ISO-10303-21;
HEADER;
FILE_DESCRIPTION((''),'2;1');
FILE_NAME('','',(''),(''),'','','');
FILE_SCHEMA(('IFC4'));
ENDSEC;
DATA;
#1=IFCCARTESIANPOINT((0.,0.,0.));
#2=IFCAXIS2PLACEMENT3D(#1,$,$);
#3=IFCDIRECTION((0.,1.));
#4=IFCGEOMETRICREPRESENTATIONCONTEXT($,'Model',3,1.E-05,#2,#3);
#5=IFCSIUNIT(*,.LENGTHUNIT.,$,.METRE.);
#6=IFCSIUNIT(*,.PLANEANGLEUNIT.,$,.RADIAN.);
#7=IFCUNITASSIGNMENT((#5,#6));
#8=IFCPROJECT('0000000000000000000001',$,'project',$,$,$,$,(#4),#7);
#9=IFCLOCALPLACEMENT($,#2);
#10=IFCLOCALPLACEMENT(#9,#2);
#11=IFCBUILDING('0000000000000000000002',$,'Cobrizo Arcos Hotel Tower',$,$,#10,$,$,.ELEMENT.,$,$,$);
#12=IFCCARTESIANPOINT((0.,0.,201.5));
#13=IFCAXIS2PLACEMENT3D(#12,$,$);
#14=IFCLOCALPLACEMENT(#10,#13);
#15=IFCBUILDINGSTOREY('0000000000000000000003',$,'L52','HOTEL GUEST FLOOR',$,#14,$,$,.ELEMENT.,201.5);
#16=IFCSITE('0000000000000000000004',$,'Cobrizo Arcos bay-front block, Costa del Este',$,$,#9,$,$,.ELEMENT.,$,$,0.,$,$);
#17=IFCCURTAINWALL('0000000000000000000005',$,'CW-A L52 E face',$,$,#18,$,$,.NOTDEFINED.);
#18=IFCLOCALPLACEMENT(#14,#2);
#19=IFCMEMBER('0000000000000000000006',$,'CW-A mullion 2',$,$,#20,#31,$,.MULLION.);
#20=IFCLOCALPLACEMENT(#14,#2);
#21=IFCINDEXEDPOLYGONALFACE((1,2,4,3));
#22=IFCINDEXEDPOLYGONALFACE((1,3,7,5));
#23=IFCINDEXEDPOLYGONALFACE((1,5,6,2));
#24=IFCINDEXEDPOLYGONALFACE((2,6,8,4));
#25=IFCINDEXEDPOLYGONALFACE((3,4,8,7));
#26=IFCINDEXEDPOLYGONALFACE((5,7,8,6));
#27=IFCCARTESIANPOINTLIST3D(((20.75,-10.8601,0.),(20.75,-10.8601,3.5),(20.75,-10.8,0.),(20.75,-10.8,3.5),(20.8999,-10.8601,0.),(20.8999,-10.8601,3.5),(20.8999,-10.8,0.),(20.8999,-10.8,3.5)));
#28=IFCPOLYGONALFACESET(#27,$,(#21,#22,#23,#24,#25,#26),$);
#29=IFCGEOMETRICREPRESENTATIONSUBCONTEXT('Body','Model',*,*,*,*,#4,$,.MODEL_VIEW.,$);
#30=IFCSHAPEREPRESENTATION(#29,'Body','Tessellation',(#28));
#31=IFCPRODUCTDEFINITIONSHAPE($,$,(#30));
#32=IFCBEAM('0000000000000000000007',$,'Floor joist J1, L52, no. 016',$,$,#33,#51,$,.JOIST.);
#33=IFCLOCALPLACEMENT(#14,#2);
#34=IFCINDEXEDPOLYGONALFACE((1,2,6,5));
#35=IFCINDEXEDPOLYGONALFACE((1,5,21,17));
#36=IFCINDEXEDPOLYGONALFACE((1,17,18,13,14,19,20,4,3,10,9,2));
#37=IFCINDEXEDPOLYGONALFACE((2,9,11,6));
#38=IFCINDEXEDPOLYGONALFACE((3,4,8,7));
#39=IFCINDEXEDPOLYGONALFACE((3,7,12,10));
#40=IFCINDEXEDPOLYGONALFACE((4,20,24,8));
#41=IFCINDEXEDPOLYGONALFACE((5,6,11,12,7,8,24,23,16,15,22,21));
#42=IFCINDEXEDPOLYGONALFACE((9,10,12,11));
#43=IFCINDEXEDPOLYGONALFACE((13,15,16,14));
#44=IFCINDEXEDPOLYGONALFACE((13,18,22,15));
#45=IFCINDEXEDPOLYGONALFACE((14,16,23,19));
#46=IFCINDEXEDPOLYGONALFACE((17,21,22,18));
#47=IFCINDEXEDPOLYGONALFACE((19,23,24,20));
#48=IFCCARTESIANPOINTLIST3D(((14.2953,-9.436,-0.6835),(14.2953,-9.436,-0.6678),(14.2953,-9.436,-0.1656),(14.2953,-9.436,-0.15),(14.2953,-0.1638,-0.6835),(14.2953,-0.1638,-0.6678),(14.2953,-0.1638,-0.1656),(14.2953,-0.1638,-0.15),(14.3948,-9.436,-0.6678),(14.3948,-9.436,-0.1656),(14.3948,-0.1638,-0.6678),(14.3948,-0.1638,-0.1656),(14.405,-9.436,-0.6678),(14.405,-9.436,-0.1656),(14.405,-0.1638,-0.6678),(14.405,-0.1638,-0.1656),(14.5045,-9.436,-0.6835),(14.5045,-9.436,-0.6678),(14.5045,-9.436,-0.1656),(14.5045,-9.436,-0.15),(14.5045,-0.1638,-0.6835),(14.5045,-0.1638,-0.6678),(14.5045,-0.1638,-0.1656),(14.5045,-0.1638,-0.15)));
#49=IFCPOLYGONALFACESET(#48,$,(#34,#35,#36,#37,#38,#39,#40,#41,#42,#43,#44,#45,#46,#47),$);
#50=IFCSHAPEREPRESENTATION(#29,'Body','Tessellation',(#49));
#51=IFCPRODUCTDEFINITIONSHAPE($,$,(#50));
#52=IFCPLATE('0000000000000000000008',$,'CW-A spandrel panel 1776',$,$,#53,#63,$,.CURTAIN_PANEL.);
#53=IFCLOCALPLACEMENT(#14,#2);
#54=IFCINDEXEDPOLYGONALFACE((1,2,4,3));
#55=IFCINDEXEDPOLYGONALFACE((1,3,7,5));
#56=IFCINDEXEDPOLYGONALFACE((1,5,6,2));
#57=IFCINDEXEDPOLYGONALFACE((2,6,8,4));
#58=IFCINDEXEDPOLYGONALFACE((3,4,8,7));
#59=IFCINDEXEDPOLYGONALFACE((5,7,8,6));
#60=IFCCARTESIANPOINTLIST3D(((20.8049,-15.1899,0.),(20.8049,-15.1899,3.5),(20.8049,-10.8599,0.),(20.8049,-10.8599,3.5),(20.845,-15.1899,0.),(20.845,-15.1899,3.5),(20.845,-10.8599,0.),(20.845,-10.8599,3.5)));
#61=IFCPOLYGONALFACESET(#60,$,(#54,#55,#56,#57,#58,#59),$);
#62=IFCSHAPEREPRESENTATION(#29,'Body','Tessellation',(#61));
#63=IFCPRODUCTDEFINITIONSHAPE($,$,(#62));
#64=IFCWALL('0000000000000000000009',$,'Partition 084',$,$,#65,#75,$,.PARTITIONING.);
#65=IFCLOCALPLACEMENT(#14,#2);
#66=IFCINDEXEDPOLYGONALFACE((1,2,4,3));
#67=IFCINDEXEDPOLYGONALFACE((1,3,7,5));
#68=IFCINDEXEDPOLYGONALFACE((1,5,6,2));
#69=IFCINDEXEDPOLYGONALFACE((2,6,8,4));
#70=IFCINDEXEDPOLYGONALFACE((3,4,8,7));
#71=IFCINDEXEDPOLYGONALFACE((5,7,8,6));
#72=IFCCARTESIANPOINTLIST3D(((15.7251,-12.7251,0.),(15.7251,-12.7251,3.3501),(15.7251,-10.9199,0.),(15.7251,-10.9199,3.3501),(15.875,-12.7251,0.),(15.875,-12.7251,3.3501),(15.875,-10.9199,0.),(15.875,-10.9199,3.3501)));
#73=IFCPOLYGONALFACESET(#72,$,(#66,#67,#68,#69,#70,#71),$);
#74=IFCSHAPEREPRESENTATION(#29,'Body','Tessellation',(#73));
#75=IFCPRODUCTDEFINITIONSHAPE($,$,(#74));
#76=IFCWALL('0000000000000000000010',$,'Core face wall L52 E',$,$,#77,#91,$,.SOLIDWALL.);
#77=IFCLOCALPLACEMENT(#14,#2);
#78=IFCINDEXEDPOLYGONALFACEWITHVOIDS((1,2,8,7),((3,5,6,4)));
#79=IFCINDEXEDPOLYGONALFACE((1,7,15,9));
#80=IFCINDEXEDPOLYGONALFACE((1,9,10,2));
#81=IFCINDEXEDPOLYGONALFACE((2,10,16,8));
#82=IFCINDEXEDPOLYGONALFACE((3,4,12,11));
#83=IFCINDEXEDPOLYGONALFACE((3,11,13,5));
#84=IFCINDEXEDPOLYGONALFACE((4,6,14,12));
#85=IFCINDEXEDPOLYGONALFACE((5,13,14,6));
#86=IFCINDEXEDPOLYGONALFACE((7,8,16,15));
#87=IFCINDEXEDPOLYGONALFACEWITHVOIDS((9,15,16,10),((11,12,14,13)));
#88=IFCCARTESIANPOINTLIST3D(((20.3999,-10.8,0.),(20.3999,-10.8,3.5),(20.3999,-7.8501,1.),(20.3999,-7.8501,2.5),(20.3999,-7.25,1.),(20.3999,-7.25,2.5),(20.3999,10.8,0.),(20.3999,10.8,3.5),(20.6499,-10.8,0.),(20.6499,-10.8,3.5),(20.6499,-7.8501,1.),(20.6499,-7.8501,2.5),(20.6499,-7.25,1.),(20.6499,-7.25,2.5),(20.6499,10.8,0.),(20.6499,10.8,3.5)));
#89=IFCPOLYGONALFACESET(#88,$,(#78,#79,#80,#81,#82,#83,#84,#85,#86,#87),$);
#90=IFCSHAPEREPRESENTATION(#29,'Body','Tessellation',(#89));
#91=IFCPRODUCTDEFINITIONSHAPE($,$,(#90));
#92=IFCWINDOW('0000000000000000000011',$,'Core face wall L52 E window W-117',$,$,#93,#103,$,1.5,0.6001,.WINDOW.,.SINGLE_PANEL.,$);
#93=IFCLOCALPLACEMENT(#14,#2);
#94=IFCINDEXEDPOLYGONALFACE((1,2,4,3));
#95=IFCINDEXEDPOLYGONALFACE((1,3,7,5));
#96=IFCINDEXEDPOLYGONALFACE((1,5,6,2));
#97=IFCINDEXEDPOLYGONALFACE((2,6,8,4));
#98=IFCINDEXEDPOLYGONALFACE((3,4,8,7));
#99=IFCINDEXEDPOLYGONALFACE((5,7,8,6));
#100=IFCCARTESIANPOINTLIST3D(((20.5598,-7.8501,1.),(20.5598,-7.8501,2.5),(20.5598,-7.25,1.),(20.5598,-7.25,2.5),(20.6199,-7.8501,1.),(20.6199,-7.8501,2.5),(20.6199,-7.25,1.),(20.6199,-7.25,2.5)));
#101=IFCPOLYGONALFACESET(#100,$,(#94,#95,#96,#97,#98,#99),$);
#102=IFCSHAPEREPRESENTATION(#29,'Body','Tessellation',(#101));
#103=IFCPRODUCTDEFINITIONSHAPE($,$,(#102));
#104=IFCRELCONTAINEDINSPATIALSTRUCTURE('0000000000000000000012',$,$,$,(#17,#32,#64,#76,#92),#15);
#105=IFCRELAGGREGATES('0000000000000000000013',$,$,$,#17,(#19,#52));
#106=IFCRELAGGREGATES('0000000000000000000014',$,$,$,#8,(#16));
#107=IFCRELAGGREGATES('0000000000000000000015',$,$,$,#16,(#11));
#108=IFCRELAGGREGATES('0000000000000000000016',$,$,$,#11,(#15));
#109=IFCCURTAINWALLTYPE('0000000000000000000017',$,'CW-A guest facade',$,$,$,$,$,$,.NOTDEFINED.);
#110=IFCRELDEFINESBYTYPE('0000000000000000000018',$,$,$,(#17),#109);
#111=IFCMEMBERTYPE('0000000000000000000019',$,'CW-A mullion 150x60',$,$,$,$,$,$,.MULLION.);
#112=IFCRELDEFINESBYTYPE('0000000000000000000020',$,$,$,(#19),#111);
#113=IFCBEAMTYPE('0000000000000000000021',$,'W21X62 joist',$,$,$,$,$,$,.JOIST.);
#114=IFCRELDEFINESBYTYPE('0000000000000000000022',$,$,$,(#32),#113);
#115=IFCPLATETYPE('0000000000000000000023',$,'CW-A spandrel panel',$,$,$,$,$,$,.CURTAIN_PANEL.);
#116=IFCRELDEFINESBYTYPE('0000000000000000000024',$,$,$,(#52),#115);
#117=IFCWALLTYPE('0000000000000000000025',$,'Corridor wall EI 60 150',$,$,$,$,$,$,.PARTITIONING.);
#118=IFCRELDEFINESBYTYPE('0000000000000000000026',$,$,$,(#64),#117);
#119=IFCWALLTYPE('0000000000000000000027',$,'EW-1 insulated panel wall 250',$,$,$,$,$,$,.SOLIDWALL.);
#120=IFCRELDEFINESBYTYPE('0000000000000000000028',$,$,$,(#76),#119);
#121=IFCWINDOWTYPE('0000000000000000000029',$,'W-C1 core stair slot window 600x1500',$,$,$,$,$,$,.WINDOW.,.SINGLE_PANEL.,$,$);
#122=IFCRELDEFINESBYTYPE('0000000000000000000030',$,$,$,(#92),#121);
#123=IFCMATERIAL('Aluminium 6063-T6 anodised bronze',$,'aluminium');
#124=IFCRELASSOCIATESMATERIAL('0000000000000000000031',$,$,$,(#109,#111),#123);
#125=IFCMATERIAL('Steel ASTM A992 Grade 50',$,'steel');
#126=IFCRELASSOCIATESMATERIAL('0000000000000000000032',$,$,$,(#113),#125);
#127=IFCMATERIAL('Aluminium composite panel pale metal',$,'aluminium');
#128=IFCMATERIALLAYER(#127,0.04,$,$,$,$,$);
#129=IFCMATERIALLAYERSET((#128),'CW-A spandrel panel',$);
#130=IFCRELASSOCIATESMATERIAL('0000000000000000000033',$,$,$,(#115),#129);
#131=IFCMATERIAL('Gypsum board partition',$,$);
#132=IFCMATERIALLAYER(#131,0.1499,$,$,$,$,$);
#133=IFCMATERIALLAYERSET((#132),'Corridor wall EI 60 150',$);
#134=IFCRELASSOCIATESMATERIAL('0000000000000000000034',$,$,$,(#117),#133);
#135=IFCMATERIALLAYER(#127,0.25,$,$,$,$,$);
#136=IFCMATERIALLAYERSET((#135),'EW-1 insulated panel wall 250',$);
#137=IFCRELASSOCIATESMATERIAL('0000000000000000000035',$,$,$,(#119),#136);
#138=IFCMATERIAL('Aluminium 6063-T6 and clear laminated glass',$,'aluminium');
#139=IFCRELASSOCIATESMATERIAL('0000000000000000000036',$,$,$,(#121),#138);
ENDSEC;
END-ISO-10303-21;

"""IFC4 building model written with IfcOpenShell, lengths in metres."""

from ifc_helpers import new_model, si_unit, direction, frame, frame_2d, origin, origin_2d, place, context, subcontext, project, spatial, rectangle, i_section, extrude, material, layer, layer_set, material_profile, profile_set, type_object, element, fill, aggregate, save


model = new_model("IFC4")

# Units and contexts
model_context = context("Model", 3, precision=1e-05, world=origin(), true_north=direction((0.0, 1.0)))
body_context = subcontext(model_context, "Body", "Model", "MODEL_VIEW")
ifc_project = project(units=[si_unit("LENGTHUNIT", "METRE"), si_unit("PLANEANGLEUNIT", "RADIAN")], contexts=[model_context])

# Site, building, storey
site_placement = place(None, origin())
site = spatial("IfcSite", under=ifc_project, at=site_placement, Name="Cobrizo Arcos bay-front block, Costa del Este", CompositionType="ELEMENT", RefElevation=0.0)
building_placement = place(site_placement, origin())
building = spatial("IfcBuilding", under=site, at=building_placement, Name="Cobrizo Arcos Hotel Tower", CompositionType="ELEMENT")
storey_placement = place(building_placement, frame((0.0, 0.0, 201.5)))
storey = spatial("IfcBuildingStorey", under=building, at=storey_placement, Name="L52", Description="HOTEL GUEST FLOOR", CompositionType="ELEMENT", Elevation=201.5)

# Curtain wall, member
ifc_material_1 = material(Name="Aluminium 6063-T6 anodised bronze", Category="aluminium")
curtain_wall_type = type_object("IfcCurtainWallType", Name="CW-A guest facade", PredefinedType="NOTDEFINED", material=ifc_material_1)
curtain_wall_placement = place(storey_placement, origin())
curtain_wall = element("IfcCurtainWall", 1, at=curtain_wall_placement, inside=storey, type_object=curtain_wall_type, Name="CW-A L52 E face", PredefinedType="NOTDEFINED")
ifc_material_profile_1 = material_profile(ifc_material_1, rectangle(XDim=0.1499, YDim=0.0601, at=origin_2d()), Name="CW-A mullion 150x60")
ifc_profile_set_1 = profile_set([ifc_material_profile_1], Name="Aluminium 6063-T6 anodised bronze")
member_type = type_object("IfcMemberType", Name="CW-A mullion 150x60", PredefinedType="MULLION", material=ifc_profile_set_1)
member_placement = place(storey_placement, frame((20.825, -10.8301, 0.0), z_axis=(0.0, 0.0, 1.0), x_axis=(1.0, 0.0, 0.0)))
member = element("IfcMember", 2, at=member_placement, type_object=member_type, Name="CW-A mullion 2", PredefinedType="MULLION", context=body_context, shape_type="SweptSolid", body=[
    extrude(rectangle(XDim=0.1499, YDim=0.0601, at=origin_2d()), origin(), (0.0, 0.0, 1.0), 3.5),
])

# Beam
ifc_material_2 = material(Name="Steel ASTM A992 Grade 50", Category="steel")
ifc_material_profile_2 = material_profile(ifc_material_2, i_section(OverallWidth=0.2092, OverallDepth=0.5334, WebThickness=0.0103, FlangeThickness=0.0156, at=origin_2d()), Name="W21X62")
ifc_profile_set_2 = profile_set([ifc_material_profile_2], Name="Steel ASTM A992 Grade 50")
beam_type = type_object("IfcBeamType", Name="W21X62 joist", PredefinedType="JOIST", material=ifc_profile_set_2)
beam_placement = place(storey_placement, frame((14.3999, -9.436, -0.4167), z_axis=(0.0, 1.0, 0.0), x_axis=(-1.0, 0.0, 0.0)))
element("IfcBeam", 3, at=beam_placement, inside=storey, type_object=beam_type, Name="Floor joist J1, L52, no. 016", PredefinedType="JOIST", context=body_context, shape_type="SweptSolid", body=[
    extrude(i_section(OverallWidth=0.2092, OverallDepth=0.5334, WebThickness=0.0103, FlangeThickness=0.0156, at=origin_2d()), origin(), (0.0, 0.0, 1.0), 9.2722),
])

# Plate
ifc_material_3 = material(Name="Aluminium composite panel pale metal", Category="aluminium")
ifc_layer_1 = layer(ifc_material_3, 0.04)
ifc_layer_set_1 = layer_set([ifc_layer_1], Name="CW-A spandrel panel")
plate_type = type_object("IfcPlateType", Name="CW-A spandrel panel", PredefinedType="CURTAIN_PANEL", material=ifc_layer_set_1)
plate_placement = place(storey_placement, frame((20.825, -13.0249, 0.0), z_axis=(0.0, 0.0, 1.0), x_axis=(0.0, 1.0, 0.0)))
plate = element("IfcPlate", 4, at=plate_placement, type_object=plate_type, Name="CW-A spandrel panel 1776", PredefinedType="CURTAIN_PANEL", context=body_context, shape_type="SweptSolid", body=[
    extrude(rectangle(XDim=4.3301, YDim=0.04, at=origin_2d()), origin(), (0.0, 0.0, 1.0), 3.5),
])
aggregate(curtain_wall, [member, plate])

# Wall
ifc_material_4 = material(Name="Gypsum board partition")
ifc_layer_2 = layer(ifc_material_4, 0.1499)
ifc_layer_set_2 = layer_set([ifc_layer_2], Name="Corridor wall EI 60 150")
wall_type_1 = type_object("IfcWallType", Name="Corridor wall EI 60 150", PredefinedType="PARTITIONING", material=ifc_layer_set_2)
wall_1_placement = place(storey_placement, frame((15.8, -12.7251, 0.0), z_axis=(0.0, 0.0, 1.0), x_axis=(0.0, 1.0, 0.0)))
element("IfcWall", 5, at=wall_1_placement, inside=storey, type_object=wall_type_1, Name="Partition 084", PredefinedType="PARTITIONING", context=body_context, shape_type="SweptSolid", body=[
    extrude(rectangle(XDim=1.8052, YDim=0.1499, at=frame_2d((0.9026, 0.0))), origin(), (0.0, 0.0, 1.0), 3.3501),
])

# Wall, opening, window
ifc_layer_3 = layer(ifc_material_3, 0.25)
ifc_layer_set_3 = layer_set([ifc_layer_3], Name="EW-1 insulated panel wall 250")
wall_type_2 = type_object("IfcWallType", Name="EW-1 insulated panel wall 250", PredefinedType="SOLIDWALL", material=ifc_layer_set_3)
wall_2_placement = place(storey_placement, frame((20.5249, -10.8, 0.0), z_axis=(0.0, 0.0, 1.0), x_axis=(0.0, 1.0, 0.0)))
wall_2 = element("IfcWall", 6, at=wall_2_placement, inside=storey, type_object=wall_type_2, Name="Core face wall L52 E", PredefinedType="SOLIDWALL", context=body_context, shape_type="SweptSolid", body=[
    extrude(rectangle(XDim=21.6001, YDim=0.25, at=frame_2d((10.8, 0.0))), origin(), (0.0, 0.0, 1.0), 3.5),
])
opening_1_placement = place(wall_2_placement, frame((2.95, 0.0, 1.0)))
opening_1 = element("IfcOpeningElement", 7, at=opening_1_placement, cuts=wall_2, PredefinedType="OPENING", context=body_context, shape_type="SweptSolid", body=[
    extrude(rectangle(XDim=0.6001, YDim=1.5, at=frame_2d((0.3, 0.75))), frame((0.0, 0.137, 0.0), z_axis=(0.0, -1.0, 0.0), x_axis=(1.0, 0.0, 0.0)), (0.0, 0.0, 1.0), 0.2739),
])
ifc_material_5 = material(Name="Aluminium 6063-T6 and clear laminated glass", Category="aluminium")
window_type = type_object("IfcWindowType", Name="W-C1 core stair slot window 600x1500", PartitioningType="SINGLE_PANEL", PredefinedType="WINDOW", material=ifc_material_5)
window_placement = place(opening_1_placement, origin())
window = element("IfcWindow", 8, at=window_placement, inside=storey, type_object=window_type, Name="Core face wall L52 E window W-117", OverallHeight=1.5, OverallWidth=0.6001, PartitioningType="SINGLE_PANEL", PredefinedType="WINDOW", context=body_context, shape_type="SweptSolid", body=[
    extrude(rectangle(XDim=0.6001, YDim=1.5, at=frame_2d((0.3, 0.75))), frame((0.0, -0.0349, 0.0), z_axis=(0.0, -1.0, 0.0), x_axis=(1.0, 0.0, 0.0)), (0.0, 0.0, 1.0), 0.0601),
])
fill(opening_1, window)

save(model, "model.ifc")
